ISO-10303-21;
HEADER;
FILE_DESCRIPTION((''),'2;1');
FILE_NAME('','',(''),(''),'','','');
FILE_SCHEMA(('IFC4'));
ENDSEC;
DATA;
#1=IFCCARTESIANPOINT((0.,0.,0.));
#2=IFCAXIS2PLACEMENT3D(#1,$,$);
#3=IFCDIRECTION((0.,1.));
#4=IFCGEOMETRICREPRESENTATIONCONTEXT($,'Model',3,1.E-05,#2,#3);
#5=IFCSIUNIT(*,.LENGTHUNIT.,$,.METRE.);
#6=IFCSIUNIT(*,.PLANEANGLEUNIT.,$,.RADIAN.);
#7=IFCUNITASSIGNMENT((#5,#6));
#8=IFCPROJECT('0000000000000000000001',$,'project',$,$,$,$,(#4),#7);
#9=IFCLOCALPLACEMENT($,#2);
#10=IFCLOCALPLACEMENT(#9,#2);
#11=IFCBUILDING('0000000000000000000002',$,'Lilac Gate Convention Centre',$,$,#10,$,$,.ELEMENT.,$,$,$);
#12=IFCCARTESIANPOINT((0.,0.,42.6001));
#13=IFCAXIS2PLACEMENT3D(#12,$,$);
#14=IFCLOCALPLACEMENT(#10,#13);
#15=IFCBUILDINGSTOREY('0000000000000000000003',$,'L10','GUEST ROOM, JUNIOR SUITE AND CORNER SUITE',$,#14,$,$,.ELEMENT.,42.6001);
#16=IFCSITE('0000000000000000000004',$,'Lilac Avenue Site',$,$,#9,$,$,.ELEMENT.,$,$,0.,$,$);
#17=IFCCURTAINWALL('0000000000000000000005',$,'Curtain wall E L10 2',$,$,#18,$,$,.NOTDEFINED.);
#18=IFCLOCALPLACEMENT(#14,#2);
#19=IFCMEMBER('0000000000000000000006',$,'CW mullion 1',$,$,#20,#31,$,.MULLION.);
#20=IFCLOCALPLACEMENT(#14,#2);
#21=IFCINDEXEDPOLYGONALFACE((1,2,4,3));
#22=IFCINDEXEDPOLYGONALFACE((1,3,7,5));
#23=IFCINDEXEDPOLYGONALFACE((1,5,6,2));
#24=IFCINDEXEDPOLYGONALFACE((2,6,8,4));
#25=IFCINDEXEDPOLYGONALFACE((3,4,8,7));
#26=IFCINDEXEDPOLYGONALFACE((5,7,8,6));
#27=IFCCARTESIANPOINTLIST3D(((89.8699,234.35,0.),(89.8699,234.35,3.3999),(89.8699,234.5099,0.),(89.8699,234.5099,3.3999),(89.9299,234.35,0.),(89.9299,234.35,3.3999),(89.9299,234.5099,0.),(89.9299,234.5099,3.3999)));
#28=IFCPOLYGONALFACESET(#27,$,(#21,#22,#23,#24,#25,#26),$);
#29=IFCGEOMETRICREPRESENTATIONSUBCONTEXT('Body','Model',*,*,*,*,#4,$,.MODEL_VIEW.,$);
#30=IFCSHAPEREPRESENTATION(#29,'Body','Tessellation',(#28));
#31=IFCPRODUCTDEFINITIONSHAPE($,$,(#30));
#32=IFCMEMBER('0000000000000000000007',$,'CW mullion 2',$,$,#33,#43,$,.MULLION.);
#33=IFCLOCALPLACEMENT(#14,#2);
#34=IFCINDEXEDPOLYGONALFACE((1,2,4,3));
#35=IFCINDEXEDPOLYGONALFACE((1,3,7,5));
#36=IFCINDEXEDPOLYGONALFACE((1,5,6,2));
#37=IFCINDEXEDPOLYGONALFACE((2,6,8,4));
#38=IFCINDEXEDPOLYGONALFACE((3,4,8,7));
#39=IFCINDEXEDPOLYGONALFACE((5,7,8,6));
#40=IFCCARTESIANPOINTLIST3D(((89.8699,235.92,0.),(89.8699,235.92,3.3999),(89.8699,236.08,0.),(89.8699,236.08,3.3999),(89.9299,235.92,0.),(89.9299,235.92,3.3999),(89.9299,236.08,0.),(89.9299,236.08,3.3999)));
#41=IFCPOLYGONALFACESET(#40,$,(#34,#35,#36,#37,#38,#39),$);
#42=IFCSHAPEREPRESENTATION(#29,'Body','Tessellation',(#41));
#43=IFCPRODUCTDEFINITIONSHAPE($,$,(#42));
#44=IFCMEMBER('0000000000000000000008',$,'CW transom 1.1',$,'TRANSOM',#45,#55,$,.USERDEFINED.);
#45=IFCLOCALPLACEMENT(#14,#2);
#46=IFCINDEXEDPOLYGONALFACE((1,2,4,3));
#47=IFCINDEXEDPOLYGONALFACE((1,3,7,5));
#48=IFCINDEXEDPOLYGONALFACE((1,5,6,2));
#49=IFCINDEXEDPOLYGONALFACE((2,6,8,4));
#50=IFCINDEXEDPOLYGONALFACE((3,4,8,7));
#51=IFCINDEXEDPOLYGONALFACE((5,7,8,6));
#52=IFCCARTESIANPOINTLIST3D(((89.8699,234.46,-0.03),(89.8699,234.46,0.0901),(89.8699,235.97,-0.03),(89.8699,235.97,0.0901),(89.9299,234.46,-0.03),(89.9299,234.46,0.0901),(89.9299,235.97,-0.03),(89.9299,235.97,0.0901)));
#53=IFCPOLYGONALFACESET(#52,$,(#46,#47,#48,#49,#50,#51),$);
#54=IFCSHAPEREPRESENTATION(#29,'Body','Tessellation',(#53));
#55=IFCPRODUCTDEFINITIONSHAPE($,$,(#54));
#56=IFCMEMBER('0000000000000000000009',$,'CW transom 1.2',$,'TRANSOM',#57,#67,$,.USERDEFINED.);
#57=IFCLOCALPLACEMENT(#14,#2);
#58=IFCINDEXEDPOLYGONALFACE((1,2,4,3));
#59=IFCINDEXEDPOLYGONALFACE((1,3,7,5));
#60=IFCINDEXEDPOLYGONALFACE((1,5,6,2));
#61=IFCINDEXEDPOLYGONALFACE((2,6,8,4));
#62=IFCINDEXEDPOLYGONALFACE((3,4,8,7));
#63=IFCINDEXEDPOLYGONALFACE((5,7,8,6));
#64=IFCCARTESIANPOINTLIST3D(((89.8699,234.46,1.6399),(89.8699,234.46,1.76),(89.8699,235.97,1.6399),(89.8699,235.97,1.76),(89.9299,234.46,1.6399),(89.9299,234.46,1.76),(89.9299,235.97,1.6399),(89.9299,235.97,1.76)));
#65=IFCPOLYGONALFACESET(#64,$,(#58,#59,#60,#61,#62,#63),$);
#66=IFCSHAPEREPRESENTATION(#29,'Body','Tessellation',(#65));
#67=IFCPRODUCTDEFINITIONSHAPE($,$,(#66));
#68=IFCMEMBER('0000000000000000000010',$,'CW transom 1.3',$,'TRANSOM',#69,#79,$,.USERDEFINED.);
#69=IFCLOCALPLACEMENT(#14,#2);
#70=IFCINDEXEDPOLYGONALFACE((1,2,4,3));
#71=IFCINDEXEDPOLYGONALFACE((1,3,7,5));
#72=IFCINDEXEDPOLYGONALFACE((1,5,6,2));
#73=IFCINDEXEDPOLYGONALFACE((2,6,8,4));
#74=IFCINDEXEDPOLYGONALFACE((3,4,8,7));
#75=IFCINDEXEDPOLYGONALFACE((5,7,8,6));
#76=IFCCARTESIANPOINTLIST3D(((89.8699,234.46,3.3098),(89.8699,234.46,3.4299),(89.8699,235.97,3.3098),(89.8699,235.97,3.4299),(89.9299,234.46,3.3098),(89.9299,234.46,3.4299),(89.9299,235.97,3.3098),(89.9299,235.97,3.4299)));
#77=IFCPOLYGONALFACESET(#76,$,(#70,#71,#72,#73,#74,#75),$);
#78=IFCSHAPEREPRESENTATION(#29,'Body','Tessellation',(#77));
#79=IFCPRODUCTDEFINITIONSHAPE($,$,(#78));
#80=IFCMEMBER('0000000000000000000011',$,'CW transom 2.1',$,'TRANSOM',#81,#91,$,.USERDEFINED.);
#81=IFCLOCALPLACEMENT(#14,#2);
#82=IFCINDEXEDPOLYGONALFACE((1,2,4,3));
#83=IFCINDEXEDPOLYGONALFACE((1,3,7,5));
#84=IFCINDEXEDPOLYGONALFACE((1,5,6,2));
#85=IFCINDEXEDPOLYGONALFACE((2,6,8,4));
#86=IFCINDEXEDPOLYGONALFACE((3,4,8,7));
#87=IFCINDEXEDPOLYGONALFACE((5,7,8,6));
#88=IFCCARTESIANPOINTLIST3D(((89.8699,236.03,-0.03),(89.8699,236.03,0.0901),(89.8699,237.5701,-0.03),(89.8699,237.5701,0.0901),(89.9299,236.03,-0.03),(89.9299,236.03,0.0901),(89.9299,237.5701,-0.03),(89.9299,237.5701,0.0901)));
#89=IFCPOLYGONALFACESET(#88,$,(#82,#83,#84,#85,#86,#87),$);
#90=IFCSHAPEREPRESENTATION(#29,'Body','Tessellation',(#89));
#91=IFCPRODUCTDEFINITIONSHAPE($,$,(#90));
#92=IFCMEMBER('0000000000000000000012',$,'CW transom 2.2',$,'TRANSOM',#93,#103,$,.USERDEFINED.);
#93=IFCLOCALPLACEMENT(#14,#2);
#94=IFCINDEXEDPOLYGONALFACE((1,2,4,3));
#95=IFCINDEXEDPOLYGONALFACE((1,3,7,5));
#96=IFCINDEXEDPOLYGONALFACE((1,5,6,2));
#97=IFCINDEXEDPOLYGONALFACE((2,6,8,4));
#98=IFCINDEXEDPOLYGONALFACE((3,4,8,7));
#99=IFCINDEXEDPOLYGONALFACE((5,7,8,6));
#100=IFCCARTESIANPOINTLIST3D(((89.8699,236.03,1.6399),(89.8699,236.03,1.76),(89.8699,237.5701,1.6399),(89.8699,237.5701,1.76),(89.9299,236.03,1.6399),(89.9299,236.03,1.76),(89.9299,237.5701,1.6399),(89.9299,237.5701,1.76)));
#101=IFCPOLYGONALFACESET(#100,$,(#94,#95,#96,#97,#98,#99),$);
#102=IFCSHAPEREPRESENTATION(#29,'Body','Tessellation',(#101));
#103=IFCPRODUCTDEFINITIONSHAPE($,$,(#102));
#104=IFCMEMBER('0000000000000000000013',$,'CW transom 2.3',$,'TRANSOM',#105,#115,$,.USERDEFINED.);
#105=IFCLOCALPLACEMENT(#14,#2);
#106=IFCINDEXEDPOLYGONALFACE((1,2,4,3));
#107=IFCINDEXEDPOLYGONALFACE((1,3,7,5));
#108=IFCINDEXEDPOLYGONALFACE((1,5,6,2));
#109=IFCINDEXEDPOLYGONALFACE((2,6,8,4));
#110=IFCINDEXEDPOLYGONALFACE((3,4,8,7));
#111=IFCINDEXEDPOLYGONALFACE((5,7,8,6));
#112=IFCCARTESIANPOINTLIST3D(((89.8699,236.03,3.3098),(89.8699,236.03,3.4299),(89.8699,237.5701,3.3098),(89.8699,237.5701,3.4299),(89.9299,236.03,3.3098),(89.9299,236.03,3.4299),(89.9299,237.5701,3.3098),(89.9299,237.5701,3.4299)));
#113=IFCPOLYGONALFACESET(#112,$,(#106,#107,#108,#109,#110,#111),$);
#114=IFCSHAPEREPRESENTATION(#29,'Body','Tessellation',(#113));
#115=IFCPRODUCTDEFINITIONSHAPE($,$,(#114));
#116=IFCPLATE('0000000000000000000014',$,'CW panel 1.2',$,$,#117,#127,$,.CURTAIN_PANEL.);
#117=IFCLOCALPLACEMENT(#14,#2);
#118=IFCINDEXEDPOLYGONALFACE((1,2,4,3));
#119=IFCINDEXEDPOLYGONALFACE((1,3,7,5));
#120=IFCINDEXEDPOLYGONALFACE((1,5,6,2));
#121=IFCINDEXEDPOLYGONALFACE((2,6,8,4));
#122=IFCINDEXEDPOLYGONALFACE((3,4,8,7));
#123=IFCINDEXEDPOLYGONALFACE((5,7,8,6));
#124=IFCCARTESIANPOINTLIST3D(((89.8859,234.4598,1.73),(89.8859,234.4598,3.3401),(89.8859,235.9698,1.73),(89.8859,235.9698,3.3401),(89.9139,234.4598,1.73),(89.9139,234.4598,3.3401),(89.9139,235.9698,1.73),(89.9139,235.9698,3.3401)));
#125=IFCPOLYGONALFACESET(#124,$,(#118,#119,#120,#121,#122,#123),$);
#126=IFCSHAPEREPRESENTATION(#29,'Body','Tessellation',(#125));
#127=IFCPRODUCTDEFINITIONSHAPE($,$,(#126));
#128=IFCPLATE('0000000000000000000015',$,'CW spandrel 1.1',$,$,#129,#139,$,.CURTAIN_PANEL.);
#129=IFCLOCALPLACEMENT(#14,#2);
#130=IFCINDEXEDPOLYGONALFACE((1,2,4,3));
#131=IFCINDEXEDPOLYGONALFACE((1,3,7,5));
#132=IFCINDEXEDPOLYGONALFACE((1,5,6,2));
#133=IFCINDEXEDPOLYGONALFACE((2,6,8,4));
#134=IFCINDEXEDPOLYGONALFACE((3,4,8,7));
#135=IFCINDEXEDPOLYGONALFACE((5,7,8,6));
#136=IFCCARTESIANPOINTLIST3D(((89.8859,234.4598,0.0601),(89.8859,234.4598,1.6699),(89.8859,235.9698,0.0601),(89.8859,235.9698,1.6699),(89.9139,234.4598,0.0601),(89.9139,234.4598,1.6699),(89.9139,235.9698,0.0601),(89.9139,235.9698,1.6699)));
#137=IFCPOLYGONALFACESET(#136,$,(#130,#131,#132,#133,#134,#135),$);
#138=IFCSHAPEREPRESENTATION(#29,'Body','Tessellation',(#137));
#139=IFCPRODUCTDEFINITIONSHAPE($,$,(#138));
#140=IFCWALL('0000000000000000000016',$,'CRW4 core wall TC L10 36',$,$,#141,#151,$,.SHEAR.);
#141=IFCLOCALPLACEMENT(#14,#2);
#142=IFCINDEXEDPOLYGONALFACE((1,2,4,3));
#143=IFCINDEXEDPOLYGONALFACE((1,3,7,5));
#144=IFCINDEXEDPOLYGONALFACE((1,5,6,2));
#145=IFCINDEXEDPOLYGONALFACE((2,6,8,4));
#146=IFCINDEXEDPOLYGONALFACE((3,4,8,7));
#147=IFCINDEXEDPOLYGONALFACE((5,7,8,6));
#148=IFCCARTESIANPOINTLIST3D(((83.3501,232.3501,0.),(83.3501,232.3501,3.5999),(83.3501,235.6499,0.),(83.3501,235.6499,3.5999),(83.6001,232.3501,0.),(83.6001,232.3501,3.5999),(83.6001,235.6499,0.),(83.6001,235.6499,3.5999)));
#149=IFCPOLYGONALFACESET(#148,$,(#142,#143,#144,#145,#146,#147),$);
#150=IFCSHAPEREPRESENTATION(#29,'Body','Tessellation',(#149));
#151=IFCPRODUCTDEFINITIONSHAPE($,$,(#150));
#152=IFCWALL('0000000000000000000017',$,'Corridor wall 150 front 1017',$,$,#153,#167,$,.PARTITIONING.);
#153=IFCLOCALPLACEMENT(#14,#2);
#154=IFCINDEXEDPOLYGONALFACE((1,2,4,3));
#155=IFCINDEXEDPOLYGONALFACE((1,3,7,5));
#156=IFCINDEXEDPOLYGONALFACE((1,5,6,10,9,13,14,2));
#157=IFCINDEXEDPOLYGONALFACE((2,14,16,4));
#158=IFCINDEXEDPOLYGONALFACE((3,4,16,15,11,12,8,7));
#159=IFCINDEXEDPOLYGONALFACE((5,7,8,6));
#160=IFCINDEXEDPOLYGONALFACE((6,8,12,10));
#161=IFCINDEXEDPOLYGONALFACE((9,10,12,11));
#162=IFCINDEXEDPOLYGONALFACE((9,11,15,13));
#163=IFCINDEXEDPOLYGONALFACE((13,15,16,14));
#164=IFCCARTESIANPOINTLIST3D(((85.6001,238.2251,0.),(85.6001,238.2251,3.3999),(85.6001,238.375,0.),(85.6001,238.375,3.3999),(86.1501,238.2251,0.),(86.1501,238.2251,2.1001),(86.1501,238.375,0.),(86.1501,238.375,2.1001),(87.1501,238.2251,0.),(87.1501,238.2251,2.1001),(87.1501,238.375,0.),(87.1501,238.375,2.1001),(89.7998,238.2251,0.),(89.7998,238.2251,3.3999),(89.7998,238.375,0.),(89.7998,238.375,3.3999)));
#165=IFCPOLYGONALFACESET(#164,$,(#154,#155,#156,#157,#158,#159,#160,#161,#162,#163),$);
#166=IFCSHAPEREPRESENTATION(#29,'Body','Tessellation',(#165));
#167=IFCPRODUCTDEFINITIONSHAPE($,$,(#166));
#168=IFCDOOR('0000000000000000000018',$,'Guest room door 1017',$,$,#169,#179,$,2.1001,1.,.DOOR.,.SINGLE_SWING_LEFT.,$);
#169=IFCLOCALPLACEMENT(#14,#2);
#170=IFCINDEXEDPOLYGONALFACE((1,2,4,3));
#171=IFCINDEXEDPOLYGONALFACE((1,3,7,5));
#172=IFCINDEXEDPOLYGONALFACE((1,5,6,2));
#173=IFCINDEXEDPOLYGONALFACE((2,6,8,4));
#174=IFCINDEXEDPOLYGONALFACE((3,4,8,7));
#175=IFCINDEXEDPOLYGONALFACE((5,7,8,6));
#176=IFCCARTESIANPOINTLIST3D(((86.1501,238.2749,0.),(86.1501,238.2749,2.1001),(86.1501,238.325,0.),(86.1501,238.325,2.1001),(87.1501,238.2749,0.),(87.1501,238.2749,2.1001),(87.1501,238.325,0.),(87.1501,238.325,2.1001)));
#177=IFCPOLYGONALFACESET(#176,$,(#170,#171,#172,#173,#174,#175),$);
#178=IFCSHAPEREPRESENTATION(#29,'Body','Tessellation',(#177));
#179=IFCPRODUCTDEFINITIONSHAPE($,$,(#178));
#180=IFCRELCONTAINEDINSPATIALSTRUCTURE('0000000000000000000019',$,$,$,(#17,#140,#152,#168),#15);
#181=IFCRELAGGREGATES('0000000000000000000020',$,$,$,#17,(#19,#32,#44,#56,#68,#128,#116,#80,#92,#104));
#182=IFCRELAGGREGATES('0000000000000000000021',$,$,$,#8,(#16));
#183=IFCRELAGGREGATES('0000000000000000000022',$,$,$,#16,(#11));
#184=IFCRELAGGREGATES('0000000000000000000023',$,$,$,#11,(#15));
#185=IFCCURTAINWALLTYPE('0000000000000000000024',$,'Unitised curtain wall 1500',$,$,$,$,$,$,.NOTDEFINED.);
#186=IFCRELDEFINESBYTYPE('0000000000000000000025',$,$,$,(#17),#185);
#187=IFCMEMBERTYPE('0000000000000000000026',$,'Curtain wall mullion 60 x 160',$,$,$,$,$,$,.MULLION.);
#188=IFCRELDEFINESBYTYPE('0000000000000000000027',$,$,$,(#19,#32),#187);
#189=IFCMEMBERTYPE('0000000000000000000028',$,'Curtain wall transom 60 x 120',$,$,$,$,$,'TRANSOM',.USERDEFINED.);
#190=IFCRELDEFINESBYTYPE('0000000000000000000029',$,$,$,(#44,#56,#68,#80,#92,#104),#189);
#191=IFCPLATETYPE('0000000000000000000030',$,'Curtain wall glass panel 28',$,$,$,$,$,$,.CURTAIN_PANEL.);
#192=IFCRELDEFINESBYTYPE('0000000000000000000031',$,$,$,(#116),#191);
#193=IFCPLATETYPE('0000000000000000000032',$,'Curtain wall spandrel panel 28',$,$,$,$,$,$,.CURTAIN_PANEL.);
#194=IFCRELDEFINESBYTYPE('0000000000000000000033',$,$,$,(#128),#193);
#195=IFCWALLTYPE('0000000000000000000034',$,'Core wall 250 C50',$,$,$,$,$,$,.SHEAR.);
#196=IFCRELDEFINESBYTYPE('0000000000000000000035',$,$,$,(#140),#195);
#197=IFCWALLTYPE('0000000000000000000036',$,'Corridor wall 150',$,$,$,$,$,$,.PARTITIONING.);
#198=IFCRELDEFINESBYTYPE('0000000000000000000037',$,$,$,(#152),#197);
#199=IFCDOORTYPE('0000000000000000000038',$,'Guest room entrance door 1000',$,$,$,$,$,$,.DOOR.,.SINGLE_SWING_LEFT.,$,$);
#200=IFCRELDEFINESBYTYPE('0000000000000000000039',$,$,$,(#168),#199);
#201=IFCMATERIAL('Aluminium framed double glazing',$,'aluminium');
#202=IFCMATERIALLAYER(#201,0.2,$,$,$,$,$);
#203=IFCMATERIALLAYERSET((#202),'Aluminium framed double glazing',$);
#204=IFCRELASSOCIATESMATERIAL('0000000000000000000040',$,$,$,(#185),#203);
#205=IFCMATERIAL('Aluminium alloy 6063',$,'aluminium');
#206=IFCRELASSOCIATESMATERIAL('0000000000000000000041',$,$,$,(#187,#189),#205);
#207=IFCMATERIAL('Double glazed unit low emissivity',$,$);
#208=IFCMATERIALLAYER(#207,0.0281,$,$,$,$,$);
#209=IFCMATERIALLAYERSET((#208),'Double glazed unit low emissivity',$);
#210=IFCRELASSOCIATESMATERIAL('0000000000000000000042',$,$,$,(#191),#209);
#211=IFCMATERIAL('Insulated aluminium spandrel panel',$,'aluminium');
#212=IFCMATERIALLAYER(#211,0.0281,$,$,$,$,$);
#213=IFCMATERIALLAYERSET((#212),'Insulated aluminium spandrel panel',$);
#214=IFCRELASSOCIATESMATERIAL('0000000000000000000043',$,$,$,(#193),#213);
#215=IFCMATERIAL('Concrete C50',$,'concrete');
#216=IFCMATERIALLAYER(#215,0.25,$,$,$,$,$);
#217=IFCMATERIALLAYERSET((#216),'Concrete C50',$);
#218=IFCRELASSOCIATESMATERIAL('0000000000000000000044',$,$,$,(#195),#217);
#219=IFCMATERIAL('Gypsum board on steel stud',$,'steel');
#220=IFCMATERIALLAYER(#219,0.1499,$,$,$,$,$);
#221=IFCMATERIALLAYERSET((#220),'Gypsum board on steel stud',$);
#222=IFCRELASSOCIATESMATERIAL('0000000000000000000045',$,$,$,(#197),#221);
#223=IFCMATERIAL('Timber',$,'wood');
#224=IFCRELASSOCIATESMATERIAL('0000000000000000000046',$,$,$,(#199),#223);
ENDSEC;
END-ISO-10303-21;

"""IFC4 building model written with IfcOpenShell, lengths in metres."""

from ifc_helpers import new_model, si_unit, direction, frame, frame_2d, origin, origin_2d, place, context, subcontext, project, spatial, rectangle, extrude, material, layer, layer_set, material_profile, profile_set, type_object, element, fill, aggregate, save


model = new_model("IFC4")

# Units and contexts
model_context = context("Model", 3, precision=1e-05, world=origin(), true_north=direction((0.0, 1.0)))
body_context = subcontext(model_context, "Body", "Model", "MODEL_VIEW")
ifc_project = project(units=[si_unit("LENGTHUNIT", "METRE"), si_unit("PLANEANGLEUNIT", "RADIAN")], contexts=[model_context])

# Site, building, storey
site_placement = place(None, origin())
site = spatial("IfcSite", under=ifc_project, at=site_placement, Name="Lilac Avenue Site", CompositionType="ELEMENT", RefElevation=0.0)
building_placement = place(site_placement, origin())
building = spatial("IfcBuilding", under=site, at=building_placement, Name="Lilac Gate Convention Centre", CompositionType="ELEMENT")
storey_placement = place(building_placement, frame((0.0, 0.0, 42.6001)))
storey = spatial("IfcBuildingStorey", under=building, at=storey_placement, Name="L10", Description="GUEST ROOM, JUNIOR SUITE AND CORNER SUITE", CompositionType="ELEMENT", Elevation=42.6001)

# Curtain wall, members, plates
ifc_material_1 = material(Name="Aluminium framed double glazing", Category="aluminium")
ifc_layer_1 = layer(ifc_material_1, 0.2)
ifc_layer_set_1 = layer_set([ifc_layer_1], Name="Aluminium framed double glazing")
curtain_wall_type = type_object("IfcCurtainWallType", Name="Unitised curtain wall 1500", PredefinedType="NOTDEFINED", material=ifc_layer_set_1)
curtain_wall_placement = place(storey_placement, origin())
curtain_wall = element("IfcCurtainWall", 1, at=curtain_wall_placement, inside=storey, type_object=curtain_wall_type, Name="Curtain wall E L10 2", PredefinedType="NOTDEFINED")
ifc_material_2 = material(Name="Aluminium alloy 6063", Category="aluminium")
ifc_material_profile_1 = material_profile(ifc_material_2, rectangle(XDim=0.0601, YDim=0.1599, at=origin_2d()), Name="Curtain wall mullion 60 x 160")
ifc_profile_set_1 = profile_set([ifc_material_profile_1], Name="Aluminium alloy 6063")
member_type_1 = type_object("IfcMemberType", Name="Curtain wall mullion 60 x 160", PredefinedType="MULLION", material=ifc_profile_set_1)
member_1_placement = place(storey_placement, frame((89.8999, 234.4299, 0.0), z_axis=(0.0, 0.0, 1.0), x_axis=(-1.0, 0.0, 0.0)))
member_1 = element("IfcMember", 2, at=member_1_placement, type_object=member_type_1, Name="CW mullion 1", PredefinedType="MULLION", context=body_context, shape_type="SweptSolid", body=[
    extrude(rectangle(XDim=0.0601, YDim=0.1599, at=origin_2d()), origin(), (0.0, 0.0, 1.0), 3.3999),
])
member_2_placement = place(storey_placement, frame((89.8999, 236.0, 0.0), z_axis=(0.0, 0.0, 1.0), x_axis=(-1.0, 0.0, 0.0)))
member_2 = element("IfcMember", 3, at=member_2_placement, type_object=member_type_1, Name="CW mullion 2", PredefinedType="MULLION", context=body_context, shape_type="SweptSolid", body=[
    extrude(rectangle(XDim=0.0601, YDim=0.1599, at=origin_2d()), origin(), (0.0, 0.0, 1.0), 3.3999),
])
ifc_material_profile_2 = material_profile(ifc_material_2, rectangle(XDim=0.0601, YDim=0.1201, at=origin_2d()), Name="Curtain wall transom 60 x 120")
ifc_profile_set_2 = profile_set([ifc_material_profile_2], Name="Aluminium alloy 6063")
member_type_2 = type_object("IfcMemberType", Name="Curtain wall transom 60 x 120", ElementType="TRANSOM", PredefinedType="USERDEFINED", material=ifc_profile_set_2)
member_3_placement = place(storey_placement, frame((89.8999, 234.46, 0.03), z_axis=(0.0, 1.0, 0.0), x_axis=(-1.0, 0.0, 0.0)))
member_3 = element("IfcMember", 4, at=member_3_placement, type_object=member_type_2, Name="CW transom 1.1", ObjectType="TRANSOM", PredefinedType="USERDEFINED", context=body_context, shape_type="SweptSolid", body=[
    extrude(rectangle(XDim=0.0601, YDim=0.1201, at=origin_2d()), origin(), (0.0, 0.0, 1.0), 1.51),
])
member_4_placement = place(storey_placement, frame((89.8999, 234.46, 1.7), z_axis=(0.0, 1.0, 0.0), x_axis=(-1.0, 0.0, 0.0)))
member_4 = element("IfcMember", 5, at=member_4_placement, type_object=member_type_2, Name="CW transom 1.2", ObjectType="TRANSOM", PredefinedType="USERDEFINED", context=body_context, shape_type="SweptSolid", body=[
    extrude(rectangle(XDim=0.0601, YDim=0.1201, at=origin_2d()), origin(), (0.0, 0.0, 1.0), 1.51),
])
member_5_placement = place(storey_placement, frame((89.8999, 234.46, 3.3699), z_axis=(0.0, 1.0, 0.0), x_axis=(-1.0, 0.0, 0.0)))
member_5 = element("IfcMember", 6, at=member_5_placement, type_object=member_type_2, Name="CW transom 1.3", ObjectType="TRANSOM", PredefinedType="USERDEFINED", context=body_context, shape_type="SweptSolid", body=[
    extrude(rectangle(XDim=0.0601, YDim=0.1201, at=origin_2d()), origin(), (0.0, 0.0, 1.0), 1.51),
])
member_6_placement = place(storey_placement, frame((89.8999, 236.03, 0.03), z_axis=(0.0, 1.0, 0.0), x_axis=(-1.0, 0.0, 0.0)))
member_6 = element("IfcMember", 7, at=member_6_placement, type_object=member_type_2, Name="CW transom 2.1", ObjectType="TRANSOM", PredefinedType="USERDEFINED", context=body_context, shape_type="SweptSolid", body=[
    extrude(rectangle(XDim=0.0601, YDim=0.1201, at=origin_2d()), origin(), (0.0, 0.0, 1.0), 1.54),
])
member_7_placement = place(storey_placement, frame((89.8999, 236.03, 1.7), z_axis=(0.0, 1.0, 0.0), x_axis=(-1.0, 0.0, 0.0)))
member_7 = element("IfcMember", 8, at=member_7_placement, type_object=member_type_2, Name="CW transom 2.2", ObjectType="TRANSOM", PredefinedType="USERDEFINED", context=body_context, shape_type="SweptSolid", body=[
    extrude(rectangle(XDim=0.0601, YDim=0.1201, at=origin_2d()), origin(), (0.0, 0.0, 1.0), 1.54),
])
member_8_placement = place(storey_placement, frame((89.8999, 236.03, 3.3699), z_axis=(0.0, 1.0, 0.0), x_axis=(-1.0, 0.0, 0.0)))
member_8 = element("IfcMember", 9, at=member_8_placement, type_object=member_type_2, Name="CW transom 2.3", ObjectType="TRANSOM", PredefinedType="USERDEFINED", context=body_context, shape_type="SweptSolid", body=[
    extrude(rectangle(XDim=0.0601, YDim=0.1201, at=origin_2d()), origin(), (0.0, 0.0, 1.0), 1.54),
])
ifc_material_3 = material(Name="Double glazed unit low emissivity")
ifc_layer_2 = layer(ifc_material_3, 0.0281)
ifc_layer_set_2 = layer_set([ifc_layer_2], Name="Double glazed unit low emissivity")
plate_type_1 = type_object("IfcPlateType", Name="Curtain wall glass panel 28", PredefinedType="CURTAIN_PANEL", material=ifc_layer_set_2)
plate_1_placement = place(storey_placement, frame((89.8999, 235.2148, 1.73), z_axis=(0.0, 0.0, 1.0), x_axis=(0.0, 1.0, 0.0)))
plate_1 = element("IfcPlate", 10, at=plate_1_placement, type_object=plate_type_1, Name="CW panel 1.2", PredefinedType="CURTAIN_PANEL", context=body_context, shape_type="SweptSolid", body=[
    extrude(rectangle(XDim=1.51, YDim=0.0281, at=origin_2d()), origin(), (0.0, 0.0, 1.0), 1.6101),
])
ifc_material_4 = material(Name="Insulated aluminium spandrel panel", Category="aluminium")
ifc_layer_3 = layer(ifc_material_4, 0.0281)
ifc_layer_set_3 = layer_set([ifc_layer_3], Name="Insulated aluminium spandrel panel")
plate_type_2 = type_object("IfcPlateType", Name="Curtain wall spandrel panel 28", PredefinedType="CURTAIN_PANEL", material=ifc_layer_set_3)
plate_2_placement = place(storey_placement, frame((89.8999, 235.2148, 0.0601), z_axis=(0.0, 0.0, 1.0), x_axis=(0.0, 1.0, 0.0)))
plate_2 = element("IfcPlate", 11, at=plate_2_placement, type_object=plate_type_2, Name="CW spandrel 1.1", PredefinedType="CURTAIN_PANEL", context=body_context, shape_type="SweptSolid", body=[
    extrude(rectangle(XDim=1.51, YDim=0.0281, at=origin_2d()), origin(), (0.0, 0.0, 1.0), 1.6099),
])
aggregate(curtain_wall, [member_1, member_2, member_3, member_4, member_5, plate_2, plate_1, member_6, member_7, member_8])

# Wall
ifc_material_5 = material(Name="Concrete C50", Category="concrete")
ifc_layer_4 = layer(ifc_material_5, 0.25)
ifc_layer_set_4 = layer_set([ifc_layer_4], Name="Concrete C50")
wall_type_1 = type_object("IfcWallType", Name="Core wall 250 C50", PredefinedType="SHEAR", material=ifc_layer_set_4)
wall_1_placement = place(storey_placement, frame((83.4751, 232.3501, 0.0), z_axis=(0.0, 0.0, 1.0), x_axis=(0.0, 1.0, 0.0)))
element("IfcWall", 12, at=wall_1_placement, inside=storey, type_object=wall_type_1, Name="CRW4 core wall TC L10 36", PredefinedType="SHEAR", context=body_context, shape_type="SweptSolid", body=[
    extrude(rectangle(XDim=3.2998, YDim=0.25, at=frame_2d((1.6499, 0.0))), origin(), (0.0, 0.0, 1.0), 3.5999),
])

# Wall, opening, door
ifc_material_6 = material(Name="Gypsum board on steel stud", Category="steel")
ifc_layer_5 = layer(ifc_material_6, 0.1499)
ifc_layer_set_5 = layer_set([ifc_layer_5], Name="Gypsum board on steel stud")
wall_type_2 = type_object("IfcWallType", Name="Corridor wall 150", PredefinedType="PARTITIONING", material=ifc_layer_set_5)
wall_2_placement = place(storey_placement, frame((85.6001, 238.3, 0.0), z_axis=(0.0, 0.0, 1.0), x_axis=(1.0, 0.0, 0.0)))
wall_2 = element("IfcWall", 13, at=wall_2_placement, inside=storey, type_object=wall_type_2, Name="Corridor wall 150 front 1017", PredefinedType="PARTITIONING", context=body_context, shape_type="SweptSolid", body=[
    extrude(rectangle(XDim=4.1997, YDim=0.1499, at=frame_2d((2.0999, 0.0))), origin(), (0.0, 0.0, 1.0), 3.3999),
])
opening_1_placement = place(wall_2_placement, frame((0.55, 0.0, 0.0)))
opening_1 = element("IfcOpeningElement", 14, at=opening_1_placement, cuts=wall_2, PredefinedType="OPENING", context=body_context, shape_type="SweptSolid", body=[
    extrude(rectangle(XDim=1.0, YDim=2.1001, at=frame_2d((0.5, 1.05))), frame((0.0, 0.085, 0.0), z_axis=(0.0, -1.0, 0.0), x_axis=(1.0, 0.0, 0.0)), (0.0, 0.0, 1.0), 0.1699),
])
ifc_material_7 = material(Name="Timber", Category="wood")
door_type_1 = type_object("IfcDoorType", Name="Guest room entrance door 1000", OperationType="SINGLE_SWING_LEFT", PredefinedType="DOOR", material=ifc_material_7)
door_1_placement = place(opening_1_placement, origin())
door_1 = element("IfcDoor", 15, at=door_1_placement, inside=storey, type_object=door_type_1, Name="Guest room door 1017", OperationType="SINGLE_SWING_LEFT", OverallHeight=2.1001, OverallWidth=1.0, PredefinedType="DOOR", context=body_context, shape_type="SweptSolid", body=[
    extrude(rectangle(XDim=1.0, YDim=2.1001, at=frame_2d((0.5, 1.05))), frame((0.0, 0.0249, 0.0), z_axis=(0.0, -1.0, 0.0), x_axis=(1.0, 0.0, 0.0)), (0.0, 0.0, 1.0), 0.05),
])
fill(opening_1, door_1)

save(model, "model.ifc")
